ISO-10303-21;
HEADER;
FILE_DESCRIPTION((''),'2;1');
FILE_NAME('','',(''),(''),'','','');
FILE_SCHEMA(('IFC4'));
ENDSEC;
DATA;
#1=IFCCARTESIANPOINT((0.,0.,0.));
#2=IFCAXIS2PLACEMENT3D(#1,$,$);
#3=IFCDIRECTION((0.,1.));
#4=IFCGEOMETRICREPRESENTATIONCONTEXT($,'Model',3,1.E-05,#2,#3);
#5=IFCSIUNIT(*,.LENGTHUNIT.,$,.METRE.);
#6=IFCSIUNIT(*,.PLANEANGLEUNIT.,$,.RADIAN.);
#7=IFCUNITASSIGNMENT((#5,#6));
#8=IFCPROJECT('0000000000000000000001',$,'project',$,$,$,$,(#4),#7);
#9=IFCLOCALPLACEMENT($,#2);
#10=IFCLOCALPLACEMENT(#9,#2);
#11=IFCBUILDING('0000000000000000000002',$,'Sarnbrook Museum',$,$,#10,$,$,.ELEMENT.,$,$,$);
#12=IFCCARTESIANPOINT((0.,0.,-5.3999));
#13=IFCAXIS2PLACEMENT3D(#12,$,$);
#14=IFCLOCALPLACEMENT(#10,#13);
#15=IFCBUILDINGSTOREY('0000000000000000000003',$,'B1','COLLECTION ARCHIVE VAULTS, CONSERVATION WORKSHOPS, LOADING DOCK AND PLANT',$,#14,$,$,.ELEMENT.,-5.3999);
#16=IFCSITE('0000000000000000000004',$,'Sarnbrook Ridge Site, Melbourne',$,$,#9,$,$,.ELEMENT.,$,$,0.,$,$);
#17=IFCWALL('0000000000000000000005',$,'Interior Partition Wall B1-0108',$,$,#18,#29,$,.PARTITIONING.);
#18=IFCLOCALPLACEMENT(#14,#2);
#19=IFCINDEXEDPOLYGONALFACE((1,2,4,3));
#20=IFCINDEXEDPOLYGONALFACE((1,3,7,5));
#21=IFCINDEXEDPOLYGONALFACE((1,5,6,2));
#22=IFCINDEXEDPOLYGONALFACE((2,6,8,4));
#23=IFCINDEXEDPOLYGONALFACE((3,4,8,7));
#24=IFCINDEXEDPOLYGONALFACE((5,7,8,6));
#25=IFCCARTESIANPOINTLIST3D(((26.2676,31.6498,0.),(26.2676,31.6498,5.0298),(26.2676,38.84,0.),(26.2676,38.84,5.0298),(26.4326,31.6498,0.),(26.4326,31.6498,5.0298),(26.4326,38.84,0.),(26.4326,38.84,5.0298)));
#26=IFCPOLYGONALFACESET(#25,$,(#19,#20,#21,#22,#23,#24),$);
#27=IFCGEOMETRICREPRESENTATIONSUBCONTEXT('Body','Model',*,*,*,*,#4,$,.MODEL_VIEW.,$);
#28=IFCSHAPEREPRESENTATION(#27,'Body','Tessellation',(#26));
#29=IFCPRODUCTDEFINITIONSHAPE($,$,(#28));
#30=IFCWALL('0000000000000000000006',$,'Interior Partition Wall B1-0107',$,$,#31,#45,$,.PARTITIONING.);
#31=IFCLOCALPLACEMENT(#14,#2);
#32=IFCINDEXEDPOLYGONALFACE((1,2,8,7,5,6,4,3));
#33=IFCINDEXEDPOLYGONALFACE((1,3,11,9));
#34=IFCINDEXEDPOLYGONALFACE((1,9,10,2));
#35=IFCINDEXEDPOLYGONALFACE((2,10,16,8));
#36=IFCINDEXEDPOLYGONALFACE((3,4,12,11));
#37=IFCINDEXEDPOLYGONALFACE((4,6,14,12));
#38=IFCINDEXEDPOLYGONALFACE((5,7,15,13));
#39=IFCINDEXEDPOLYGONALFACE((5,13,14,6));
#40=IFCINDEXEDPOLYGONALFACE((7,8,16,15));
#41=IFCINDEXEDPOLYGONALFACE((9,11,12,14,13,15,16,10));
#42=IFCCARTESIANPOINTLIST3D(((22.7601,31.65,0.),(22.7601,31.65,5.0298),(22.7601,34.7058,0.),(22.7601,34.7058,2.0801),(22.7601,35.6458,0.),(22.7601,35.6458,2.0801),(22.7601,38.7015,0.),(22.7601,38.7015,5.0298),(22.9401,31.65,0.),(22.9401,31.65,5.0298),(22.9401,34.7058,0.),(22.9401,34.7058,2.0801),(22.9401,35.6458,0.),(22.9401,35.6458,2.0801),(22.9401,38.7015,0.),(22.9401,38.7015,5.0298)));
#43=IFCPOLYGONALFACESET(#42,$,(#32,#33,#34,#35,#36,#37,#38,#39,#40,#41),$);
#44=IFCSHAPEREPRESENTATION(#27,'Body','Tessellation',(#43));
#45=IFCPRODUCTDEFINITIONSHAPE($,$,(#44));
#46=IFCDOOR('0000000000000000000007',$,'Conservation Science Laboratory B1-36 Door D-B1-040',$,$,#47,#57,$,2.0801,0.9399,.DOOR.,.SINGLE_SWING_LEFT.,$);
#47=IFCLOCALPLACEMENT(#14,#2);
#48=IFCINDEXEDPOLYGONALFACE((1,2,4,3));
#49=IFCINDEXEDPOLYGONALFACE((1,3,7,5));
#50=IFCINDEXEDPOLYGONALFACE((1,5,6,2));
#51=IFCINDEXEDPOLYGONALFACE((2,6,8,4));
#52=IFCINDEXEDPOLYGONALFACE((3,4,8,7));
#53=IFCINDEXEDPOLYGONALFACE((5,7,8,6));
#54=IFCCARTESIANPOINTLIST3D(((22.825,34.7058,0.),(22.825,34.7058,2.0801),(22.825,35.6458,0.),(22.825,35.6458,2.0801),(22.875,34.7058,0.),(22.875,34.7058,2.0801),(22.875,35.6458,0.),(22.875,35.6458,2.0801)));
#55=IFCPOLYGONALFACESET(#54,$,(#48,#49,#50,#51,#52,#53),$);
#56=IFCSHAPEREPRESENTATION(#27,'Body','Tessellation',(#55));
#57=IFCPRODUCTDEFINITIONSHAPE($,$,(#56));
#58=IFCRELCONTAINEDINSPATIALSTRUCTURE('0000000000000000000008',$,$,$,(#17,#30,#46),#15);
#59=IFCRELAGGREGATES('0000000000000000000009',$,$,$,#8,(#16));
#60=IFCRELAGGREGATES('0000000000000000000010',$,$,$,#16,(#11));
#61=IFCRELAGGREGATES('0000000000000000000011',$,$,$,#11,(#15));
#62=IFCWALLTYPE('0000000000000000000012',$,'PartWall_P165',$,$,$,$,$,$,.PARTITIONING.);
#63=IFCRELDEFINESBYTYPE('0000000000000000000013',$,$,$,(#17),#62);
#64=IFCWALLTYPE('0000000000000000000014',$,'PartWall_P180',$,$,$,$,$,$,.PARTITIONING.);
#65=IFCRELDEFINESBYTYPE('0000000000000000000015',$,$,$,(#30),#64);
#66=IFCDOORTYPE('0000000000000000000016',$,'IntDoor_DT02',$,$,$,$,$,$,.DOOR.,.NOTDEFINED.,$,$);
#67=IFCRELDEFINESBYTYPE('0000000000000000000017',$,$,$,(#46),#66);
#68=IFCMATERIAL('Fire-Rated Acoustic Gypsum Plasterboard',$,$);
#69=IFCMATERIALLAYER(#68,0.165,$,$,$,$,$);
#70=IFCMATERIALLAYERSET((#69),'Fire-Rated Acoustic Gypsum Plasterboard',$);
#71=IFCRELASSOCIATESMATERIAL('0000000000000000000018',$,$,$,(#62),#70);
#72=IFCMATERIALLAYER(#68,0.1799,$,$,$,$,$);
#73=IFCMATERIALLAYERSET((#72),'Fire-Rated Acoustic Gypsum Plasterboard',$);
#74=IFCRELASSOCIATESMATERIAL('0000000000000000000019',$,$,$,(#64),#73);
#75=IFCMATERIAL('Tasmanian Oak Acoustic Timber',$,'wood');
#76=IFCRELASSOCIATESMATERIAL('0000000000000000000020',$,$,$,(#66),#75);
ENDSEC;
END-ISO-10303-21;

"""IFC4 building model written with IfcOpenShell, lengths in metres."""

from ifc_helpers import new_model, si_unit, direction, frame, frame_2d, origin, place, context, subcontext, project, spatial, rectangle, extrude, material, layer, layer_set, type_object, element, fill, save


model = new_model("IFC4")

# Units and contexts
model_context = context("Model", 3, precision=1e-05, world=origin(), true_north=direction((0.0, 1.0)))
body_context = subcontext(model_context, "Body", "Model", "MODEL_VIEW")
ifc_project = project(units=[si_unit("LENGTHUNIT", "METRE"), si_unit("PLANEANGLEUNIT", "RADIAN")], contexts=[model_context])

# Site, building, storey
site_placement = place(None, origin())
site = spatial("IfcSite", under=ifc_project, at=site_placement, Name="Sarnbrook Ridge Site, Melbourne", CompositionType="ELEMENT", RefElevation=0.0)
building_placement = place(site_placement, origin())
building = spatial("IfcBuilding", under=site, at=building_placement, Name="Sarnbrook Museum", CompositionType="ELEMENT")
storey_placement = place(building_placement, frame((0.0, 0.0, -5.3999)))
storey = spatial("IfcBuildingStorey", under=building, at=storey_placement, Name="B1", Description="COLLECTION ARCHIVE VAULTS, CONSERVATION WORKSHOPS, LOADING DOCK AND PLANT", CompositionType="ELEMENT", Elevation=-5.3999)

# Shared definitions
ifc_material_1 = material(Name="Fire-Rated Acoustic Gypsum Plasterboard")
ifc_material_2 = material(Name="Tasmanian Oak Acoustic Timber", Category="wood")

# Wall
ifc_layer_1 = layer(ifc_material_1, 0.165)
ifc_layer_set_1 = layer_set([ifc_layer_1], Name="Fire-Rated Acoustic Gypsum Plasterboard")
wall_type_1 = type_object("IfcWallType", Name="PartWall_P165", PredefinedType="PARTITIONING", material=ifc_layer_set_1)
wall_1_placement = place(storey_placement, frame((26.3501, 38.8401, 0.0), z_axis=(0.0, 0.0, 1.0), x_axis=(0.0, -1.0, 0.0)))
element("IfcWall", 1, at=wall_1_placement, inside=storey, type_object=wall_type_1, Name="Interior Partition Wall B1-0108", PredefinedType="PARTITIONING", context=body_context, shape_type="SweptSolid", body=[
    extrude(rectangle(XDim=7.1902, YDim=0.165, at=frame_2d((3.5952, 0.0))), origin(), (0.0, 0.0, 1.0), 5.0298),
])

# Wall, opening, door
ifc_layer_2 = layer(ifc_material_1, 0.1799)
ifc_layer_set_2 = layer_set([ifc_layer_2], Name="Fire-Rated Acoustic Gypsum Plasterboard")
wall_type_2 = type_object("IfcWallType", Name="PartWall_P180", PredefinedType="PARTITIONING", material=ifc_layer_set_2)
wall_2_placement = place(storey_placement, frame((22.8501, 31.6499, 0.0), z_axis=(0.0, 0.0, 1.0), x_axis=(0.0, 1.0, 0.0)))
wall_2 = element("IfcWall", 2, at=wall_2_placement, inside=storey, type_object=wall_type_2, Name="Interior Partition Wall B1-0107", PredefinedType="PARTITIONING", context=body_context, shape_type="SweptSolid", body=[
    extrude(rectangle(XDim=7.0515, YDim=0.1799, at=frame_2d((3.5259, 0.0))), origin(), (0.0, 0.0, 1.0), 5.0298),
])
opening_1_placement = place(wall_2_placement, frame((3.0559, 0.0, 0.0)))
opening_1 = element("IfcOpeningElement", 3, at=opening_1_placement, cuts=wall_2, PredefinedType="OPENING", context=body_context, shape_type="SweptSolid", body=[
    extrude(rectangle(XDim=0.9399, YDim=2.0801, at=frame_2d((0.47, 1.04))), frame((0.0, 0.1001, 0.0), z_axis=(0.0, -1.0, 0.0), x_axis=(1.0, 0.0, 0.0)), (0.0, 0.0, 1.0), 0.2),
])
door_type_1 = type_object("IfcDoorType", Name="IntDoor_DT02", OperationType="NOTDEFINED", PredefinedType="DOOR", material=ifc_material_2)
door_1_placement = place(opening_1_placement, frame((0.9399, 0.0, 0.0), z_axis=(0.0, 0.0, 1.0), x_axis=(-1.0, 0.0, 0.0)))
door_1 = element("IfcDoor", 4, at=door_1_placement, inside=storey, type_object=door_type_1, Name="Conservation Science Laboratory B1-36 Door D-B1-040", OperationType="SINGLE_SWING_LEFT", OverallHeight=2.0801, OverallWidth=0.9399, PredefinedType="DOOR", context=body_context, shape_type="SweptSolid", body=[
    extrude(rectangle(XDim=0.9399, YDim=2.0801, at=frame_2d((0.47, 1.04))), frame((0.0, 0.0249, 0.0), z_axis=(0.0, -1.0, 0.0), x_axis=(1.0, 0.0, 0.0)), (0.0, 0.0, 1.0), 0.05),
])
fill(opening_1, door_1)

save(model, "model.ifc")
